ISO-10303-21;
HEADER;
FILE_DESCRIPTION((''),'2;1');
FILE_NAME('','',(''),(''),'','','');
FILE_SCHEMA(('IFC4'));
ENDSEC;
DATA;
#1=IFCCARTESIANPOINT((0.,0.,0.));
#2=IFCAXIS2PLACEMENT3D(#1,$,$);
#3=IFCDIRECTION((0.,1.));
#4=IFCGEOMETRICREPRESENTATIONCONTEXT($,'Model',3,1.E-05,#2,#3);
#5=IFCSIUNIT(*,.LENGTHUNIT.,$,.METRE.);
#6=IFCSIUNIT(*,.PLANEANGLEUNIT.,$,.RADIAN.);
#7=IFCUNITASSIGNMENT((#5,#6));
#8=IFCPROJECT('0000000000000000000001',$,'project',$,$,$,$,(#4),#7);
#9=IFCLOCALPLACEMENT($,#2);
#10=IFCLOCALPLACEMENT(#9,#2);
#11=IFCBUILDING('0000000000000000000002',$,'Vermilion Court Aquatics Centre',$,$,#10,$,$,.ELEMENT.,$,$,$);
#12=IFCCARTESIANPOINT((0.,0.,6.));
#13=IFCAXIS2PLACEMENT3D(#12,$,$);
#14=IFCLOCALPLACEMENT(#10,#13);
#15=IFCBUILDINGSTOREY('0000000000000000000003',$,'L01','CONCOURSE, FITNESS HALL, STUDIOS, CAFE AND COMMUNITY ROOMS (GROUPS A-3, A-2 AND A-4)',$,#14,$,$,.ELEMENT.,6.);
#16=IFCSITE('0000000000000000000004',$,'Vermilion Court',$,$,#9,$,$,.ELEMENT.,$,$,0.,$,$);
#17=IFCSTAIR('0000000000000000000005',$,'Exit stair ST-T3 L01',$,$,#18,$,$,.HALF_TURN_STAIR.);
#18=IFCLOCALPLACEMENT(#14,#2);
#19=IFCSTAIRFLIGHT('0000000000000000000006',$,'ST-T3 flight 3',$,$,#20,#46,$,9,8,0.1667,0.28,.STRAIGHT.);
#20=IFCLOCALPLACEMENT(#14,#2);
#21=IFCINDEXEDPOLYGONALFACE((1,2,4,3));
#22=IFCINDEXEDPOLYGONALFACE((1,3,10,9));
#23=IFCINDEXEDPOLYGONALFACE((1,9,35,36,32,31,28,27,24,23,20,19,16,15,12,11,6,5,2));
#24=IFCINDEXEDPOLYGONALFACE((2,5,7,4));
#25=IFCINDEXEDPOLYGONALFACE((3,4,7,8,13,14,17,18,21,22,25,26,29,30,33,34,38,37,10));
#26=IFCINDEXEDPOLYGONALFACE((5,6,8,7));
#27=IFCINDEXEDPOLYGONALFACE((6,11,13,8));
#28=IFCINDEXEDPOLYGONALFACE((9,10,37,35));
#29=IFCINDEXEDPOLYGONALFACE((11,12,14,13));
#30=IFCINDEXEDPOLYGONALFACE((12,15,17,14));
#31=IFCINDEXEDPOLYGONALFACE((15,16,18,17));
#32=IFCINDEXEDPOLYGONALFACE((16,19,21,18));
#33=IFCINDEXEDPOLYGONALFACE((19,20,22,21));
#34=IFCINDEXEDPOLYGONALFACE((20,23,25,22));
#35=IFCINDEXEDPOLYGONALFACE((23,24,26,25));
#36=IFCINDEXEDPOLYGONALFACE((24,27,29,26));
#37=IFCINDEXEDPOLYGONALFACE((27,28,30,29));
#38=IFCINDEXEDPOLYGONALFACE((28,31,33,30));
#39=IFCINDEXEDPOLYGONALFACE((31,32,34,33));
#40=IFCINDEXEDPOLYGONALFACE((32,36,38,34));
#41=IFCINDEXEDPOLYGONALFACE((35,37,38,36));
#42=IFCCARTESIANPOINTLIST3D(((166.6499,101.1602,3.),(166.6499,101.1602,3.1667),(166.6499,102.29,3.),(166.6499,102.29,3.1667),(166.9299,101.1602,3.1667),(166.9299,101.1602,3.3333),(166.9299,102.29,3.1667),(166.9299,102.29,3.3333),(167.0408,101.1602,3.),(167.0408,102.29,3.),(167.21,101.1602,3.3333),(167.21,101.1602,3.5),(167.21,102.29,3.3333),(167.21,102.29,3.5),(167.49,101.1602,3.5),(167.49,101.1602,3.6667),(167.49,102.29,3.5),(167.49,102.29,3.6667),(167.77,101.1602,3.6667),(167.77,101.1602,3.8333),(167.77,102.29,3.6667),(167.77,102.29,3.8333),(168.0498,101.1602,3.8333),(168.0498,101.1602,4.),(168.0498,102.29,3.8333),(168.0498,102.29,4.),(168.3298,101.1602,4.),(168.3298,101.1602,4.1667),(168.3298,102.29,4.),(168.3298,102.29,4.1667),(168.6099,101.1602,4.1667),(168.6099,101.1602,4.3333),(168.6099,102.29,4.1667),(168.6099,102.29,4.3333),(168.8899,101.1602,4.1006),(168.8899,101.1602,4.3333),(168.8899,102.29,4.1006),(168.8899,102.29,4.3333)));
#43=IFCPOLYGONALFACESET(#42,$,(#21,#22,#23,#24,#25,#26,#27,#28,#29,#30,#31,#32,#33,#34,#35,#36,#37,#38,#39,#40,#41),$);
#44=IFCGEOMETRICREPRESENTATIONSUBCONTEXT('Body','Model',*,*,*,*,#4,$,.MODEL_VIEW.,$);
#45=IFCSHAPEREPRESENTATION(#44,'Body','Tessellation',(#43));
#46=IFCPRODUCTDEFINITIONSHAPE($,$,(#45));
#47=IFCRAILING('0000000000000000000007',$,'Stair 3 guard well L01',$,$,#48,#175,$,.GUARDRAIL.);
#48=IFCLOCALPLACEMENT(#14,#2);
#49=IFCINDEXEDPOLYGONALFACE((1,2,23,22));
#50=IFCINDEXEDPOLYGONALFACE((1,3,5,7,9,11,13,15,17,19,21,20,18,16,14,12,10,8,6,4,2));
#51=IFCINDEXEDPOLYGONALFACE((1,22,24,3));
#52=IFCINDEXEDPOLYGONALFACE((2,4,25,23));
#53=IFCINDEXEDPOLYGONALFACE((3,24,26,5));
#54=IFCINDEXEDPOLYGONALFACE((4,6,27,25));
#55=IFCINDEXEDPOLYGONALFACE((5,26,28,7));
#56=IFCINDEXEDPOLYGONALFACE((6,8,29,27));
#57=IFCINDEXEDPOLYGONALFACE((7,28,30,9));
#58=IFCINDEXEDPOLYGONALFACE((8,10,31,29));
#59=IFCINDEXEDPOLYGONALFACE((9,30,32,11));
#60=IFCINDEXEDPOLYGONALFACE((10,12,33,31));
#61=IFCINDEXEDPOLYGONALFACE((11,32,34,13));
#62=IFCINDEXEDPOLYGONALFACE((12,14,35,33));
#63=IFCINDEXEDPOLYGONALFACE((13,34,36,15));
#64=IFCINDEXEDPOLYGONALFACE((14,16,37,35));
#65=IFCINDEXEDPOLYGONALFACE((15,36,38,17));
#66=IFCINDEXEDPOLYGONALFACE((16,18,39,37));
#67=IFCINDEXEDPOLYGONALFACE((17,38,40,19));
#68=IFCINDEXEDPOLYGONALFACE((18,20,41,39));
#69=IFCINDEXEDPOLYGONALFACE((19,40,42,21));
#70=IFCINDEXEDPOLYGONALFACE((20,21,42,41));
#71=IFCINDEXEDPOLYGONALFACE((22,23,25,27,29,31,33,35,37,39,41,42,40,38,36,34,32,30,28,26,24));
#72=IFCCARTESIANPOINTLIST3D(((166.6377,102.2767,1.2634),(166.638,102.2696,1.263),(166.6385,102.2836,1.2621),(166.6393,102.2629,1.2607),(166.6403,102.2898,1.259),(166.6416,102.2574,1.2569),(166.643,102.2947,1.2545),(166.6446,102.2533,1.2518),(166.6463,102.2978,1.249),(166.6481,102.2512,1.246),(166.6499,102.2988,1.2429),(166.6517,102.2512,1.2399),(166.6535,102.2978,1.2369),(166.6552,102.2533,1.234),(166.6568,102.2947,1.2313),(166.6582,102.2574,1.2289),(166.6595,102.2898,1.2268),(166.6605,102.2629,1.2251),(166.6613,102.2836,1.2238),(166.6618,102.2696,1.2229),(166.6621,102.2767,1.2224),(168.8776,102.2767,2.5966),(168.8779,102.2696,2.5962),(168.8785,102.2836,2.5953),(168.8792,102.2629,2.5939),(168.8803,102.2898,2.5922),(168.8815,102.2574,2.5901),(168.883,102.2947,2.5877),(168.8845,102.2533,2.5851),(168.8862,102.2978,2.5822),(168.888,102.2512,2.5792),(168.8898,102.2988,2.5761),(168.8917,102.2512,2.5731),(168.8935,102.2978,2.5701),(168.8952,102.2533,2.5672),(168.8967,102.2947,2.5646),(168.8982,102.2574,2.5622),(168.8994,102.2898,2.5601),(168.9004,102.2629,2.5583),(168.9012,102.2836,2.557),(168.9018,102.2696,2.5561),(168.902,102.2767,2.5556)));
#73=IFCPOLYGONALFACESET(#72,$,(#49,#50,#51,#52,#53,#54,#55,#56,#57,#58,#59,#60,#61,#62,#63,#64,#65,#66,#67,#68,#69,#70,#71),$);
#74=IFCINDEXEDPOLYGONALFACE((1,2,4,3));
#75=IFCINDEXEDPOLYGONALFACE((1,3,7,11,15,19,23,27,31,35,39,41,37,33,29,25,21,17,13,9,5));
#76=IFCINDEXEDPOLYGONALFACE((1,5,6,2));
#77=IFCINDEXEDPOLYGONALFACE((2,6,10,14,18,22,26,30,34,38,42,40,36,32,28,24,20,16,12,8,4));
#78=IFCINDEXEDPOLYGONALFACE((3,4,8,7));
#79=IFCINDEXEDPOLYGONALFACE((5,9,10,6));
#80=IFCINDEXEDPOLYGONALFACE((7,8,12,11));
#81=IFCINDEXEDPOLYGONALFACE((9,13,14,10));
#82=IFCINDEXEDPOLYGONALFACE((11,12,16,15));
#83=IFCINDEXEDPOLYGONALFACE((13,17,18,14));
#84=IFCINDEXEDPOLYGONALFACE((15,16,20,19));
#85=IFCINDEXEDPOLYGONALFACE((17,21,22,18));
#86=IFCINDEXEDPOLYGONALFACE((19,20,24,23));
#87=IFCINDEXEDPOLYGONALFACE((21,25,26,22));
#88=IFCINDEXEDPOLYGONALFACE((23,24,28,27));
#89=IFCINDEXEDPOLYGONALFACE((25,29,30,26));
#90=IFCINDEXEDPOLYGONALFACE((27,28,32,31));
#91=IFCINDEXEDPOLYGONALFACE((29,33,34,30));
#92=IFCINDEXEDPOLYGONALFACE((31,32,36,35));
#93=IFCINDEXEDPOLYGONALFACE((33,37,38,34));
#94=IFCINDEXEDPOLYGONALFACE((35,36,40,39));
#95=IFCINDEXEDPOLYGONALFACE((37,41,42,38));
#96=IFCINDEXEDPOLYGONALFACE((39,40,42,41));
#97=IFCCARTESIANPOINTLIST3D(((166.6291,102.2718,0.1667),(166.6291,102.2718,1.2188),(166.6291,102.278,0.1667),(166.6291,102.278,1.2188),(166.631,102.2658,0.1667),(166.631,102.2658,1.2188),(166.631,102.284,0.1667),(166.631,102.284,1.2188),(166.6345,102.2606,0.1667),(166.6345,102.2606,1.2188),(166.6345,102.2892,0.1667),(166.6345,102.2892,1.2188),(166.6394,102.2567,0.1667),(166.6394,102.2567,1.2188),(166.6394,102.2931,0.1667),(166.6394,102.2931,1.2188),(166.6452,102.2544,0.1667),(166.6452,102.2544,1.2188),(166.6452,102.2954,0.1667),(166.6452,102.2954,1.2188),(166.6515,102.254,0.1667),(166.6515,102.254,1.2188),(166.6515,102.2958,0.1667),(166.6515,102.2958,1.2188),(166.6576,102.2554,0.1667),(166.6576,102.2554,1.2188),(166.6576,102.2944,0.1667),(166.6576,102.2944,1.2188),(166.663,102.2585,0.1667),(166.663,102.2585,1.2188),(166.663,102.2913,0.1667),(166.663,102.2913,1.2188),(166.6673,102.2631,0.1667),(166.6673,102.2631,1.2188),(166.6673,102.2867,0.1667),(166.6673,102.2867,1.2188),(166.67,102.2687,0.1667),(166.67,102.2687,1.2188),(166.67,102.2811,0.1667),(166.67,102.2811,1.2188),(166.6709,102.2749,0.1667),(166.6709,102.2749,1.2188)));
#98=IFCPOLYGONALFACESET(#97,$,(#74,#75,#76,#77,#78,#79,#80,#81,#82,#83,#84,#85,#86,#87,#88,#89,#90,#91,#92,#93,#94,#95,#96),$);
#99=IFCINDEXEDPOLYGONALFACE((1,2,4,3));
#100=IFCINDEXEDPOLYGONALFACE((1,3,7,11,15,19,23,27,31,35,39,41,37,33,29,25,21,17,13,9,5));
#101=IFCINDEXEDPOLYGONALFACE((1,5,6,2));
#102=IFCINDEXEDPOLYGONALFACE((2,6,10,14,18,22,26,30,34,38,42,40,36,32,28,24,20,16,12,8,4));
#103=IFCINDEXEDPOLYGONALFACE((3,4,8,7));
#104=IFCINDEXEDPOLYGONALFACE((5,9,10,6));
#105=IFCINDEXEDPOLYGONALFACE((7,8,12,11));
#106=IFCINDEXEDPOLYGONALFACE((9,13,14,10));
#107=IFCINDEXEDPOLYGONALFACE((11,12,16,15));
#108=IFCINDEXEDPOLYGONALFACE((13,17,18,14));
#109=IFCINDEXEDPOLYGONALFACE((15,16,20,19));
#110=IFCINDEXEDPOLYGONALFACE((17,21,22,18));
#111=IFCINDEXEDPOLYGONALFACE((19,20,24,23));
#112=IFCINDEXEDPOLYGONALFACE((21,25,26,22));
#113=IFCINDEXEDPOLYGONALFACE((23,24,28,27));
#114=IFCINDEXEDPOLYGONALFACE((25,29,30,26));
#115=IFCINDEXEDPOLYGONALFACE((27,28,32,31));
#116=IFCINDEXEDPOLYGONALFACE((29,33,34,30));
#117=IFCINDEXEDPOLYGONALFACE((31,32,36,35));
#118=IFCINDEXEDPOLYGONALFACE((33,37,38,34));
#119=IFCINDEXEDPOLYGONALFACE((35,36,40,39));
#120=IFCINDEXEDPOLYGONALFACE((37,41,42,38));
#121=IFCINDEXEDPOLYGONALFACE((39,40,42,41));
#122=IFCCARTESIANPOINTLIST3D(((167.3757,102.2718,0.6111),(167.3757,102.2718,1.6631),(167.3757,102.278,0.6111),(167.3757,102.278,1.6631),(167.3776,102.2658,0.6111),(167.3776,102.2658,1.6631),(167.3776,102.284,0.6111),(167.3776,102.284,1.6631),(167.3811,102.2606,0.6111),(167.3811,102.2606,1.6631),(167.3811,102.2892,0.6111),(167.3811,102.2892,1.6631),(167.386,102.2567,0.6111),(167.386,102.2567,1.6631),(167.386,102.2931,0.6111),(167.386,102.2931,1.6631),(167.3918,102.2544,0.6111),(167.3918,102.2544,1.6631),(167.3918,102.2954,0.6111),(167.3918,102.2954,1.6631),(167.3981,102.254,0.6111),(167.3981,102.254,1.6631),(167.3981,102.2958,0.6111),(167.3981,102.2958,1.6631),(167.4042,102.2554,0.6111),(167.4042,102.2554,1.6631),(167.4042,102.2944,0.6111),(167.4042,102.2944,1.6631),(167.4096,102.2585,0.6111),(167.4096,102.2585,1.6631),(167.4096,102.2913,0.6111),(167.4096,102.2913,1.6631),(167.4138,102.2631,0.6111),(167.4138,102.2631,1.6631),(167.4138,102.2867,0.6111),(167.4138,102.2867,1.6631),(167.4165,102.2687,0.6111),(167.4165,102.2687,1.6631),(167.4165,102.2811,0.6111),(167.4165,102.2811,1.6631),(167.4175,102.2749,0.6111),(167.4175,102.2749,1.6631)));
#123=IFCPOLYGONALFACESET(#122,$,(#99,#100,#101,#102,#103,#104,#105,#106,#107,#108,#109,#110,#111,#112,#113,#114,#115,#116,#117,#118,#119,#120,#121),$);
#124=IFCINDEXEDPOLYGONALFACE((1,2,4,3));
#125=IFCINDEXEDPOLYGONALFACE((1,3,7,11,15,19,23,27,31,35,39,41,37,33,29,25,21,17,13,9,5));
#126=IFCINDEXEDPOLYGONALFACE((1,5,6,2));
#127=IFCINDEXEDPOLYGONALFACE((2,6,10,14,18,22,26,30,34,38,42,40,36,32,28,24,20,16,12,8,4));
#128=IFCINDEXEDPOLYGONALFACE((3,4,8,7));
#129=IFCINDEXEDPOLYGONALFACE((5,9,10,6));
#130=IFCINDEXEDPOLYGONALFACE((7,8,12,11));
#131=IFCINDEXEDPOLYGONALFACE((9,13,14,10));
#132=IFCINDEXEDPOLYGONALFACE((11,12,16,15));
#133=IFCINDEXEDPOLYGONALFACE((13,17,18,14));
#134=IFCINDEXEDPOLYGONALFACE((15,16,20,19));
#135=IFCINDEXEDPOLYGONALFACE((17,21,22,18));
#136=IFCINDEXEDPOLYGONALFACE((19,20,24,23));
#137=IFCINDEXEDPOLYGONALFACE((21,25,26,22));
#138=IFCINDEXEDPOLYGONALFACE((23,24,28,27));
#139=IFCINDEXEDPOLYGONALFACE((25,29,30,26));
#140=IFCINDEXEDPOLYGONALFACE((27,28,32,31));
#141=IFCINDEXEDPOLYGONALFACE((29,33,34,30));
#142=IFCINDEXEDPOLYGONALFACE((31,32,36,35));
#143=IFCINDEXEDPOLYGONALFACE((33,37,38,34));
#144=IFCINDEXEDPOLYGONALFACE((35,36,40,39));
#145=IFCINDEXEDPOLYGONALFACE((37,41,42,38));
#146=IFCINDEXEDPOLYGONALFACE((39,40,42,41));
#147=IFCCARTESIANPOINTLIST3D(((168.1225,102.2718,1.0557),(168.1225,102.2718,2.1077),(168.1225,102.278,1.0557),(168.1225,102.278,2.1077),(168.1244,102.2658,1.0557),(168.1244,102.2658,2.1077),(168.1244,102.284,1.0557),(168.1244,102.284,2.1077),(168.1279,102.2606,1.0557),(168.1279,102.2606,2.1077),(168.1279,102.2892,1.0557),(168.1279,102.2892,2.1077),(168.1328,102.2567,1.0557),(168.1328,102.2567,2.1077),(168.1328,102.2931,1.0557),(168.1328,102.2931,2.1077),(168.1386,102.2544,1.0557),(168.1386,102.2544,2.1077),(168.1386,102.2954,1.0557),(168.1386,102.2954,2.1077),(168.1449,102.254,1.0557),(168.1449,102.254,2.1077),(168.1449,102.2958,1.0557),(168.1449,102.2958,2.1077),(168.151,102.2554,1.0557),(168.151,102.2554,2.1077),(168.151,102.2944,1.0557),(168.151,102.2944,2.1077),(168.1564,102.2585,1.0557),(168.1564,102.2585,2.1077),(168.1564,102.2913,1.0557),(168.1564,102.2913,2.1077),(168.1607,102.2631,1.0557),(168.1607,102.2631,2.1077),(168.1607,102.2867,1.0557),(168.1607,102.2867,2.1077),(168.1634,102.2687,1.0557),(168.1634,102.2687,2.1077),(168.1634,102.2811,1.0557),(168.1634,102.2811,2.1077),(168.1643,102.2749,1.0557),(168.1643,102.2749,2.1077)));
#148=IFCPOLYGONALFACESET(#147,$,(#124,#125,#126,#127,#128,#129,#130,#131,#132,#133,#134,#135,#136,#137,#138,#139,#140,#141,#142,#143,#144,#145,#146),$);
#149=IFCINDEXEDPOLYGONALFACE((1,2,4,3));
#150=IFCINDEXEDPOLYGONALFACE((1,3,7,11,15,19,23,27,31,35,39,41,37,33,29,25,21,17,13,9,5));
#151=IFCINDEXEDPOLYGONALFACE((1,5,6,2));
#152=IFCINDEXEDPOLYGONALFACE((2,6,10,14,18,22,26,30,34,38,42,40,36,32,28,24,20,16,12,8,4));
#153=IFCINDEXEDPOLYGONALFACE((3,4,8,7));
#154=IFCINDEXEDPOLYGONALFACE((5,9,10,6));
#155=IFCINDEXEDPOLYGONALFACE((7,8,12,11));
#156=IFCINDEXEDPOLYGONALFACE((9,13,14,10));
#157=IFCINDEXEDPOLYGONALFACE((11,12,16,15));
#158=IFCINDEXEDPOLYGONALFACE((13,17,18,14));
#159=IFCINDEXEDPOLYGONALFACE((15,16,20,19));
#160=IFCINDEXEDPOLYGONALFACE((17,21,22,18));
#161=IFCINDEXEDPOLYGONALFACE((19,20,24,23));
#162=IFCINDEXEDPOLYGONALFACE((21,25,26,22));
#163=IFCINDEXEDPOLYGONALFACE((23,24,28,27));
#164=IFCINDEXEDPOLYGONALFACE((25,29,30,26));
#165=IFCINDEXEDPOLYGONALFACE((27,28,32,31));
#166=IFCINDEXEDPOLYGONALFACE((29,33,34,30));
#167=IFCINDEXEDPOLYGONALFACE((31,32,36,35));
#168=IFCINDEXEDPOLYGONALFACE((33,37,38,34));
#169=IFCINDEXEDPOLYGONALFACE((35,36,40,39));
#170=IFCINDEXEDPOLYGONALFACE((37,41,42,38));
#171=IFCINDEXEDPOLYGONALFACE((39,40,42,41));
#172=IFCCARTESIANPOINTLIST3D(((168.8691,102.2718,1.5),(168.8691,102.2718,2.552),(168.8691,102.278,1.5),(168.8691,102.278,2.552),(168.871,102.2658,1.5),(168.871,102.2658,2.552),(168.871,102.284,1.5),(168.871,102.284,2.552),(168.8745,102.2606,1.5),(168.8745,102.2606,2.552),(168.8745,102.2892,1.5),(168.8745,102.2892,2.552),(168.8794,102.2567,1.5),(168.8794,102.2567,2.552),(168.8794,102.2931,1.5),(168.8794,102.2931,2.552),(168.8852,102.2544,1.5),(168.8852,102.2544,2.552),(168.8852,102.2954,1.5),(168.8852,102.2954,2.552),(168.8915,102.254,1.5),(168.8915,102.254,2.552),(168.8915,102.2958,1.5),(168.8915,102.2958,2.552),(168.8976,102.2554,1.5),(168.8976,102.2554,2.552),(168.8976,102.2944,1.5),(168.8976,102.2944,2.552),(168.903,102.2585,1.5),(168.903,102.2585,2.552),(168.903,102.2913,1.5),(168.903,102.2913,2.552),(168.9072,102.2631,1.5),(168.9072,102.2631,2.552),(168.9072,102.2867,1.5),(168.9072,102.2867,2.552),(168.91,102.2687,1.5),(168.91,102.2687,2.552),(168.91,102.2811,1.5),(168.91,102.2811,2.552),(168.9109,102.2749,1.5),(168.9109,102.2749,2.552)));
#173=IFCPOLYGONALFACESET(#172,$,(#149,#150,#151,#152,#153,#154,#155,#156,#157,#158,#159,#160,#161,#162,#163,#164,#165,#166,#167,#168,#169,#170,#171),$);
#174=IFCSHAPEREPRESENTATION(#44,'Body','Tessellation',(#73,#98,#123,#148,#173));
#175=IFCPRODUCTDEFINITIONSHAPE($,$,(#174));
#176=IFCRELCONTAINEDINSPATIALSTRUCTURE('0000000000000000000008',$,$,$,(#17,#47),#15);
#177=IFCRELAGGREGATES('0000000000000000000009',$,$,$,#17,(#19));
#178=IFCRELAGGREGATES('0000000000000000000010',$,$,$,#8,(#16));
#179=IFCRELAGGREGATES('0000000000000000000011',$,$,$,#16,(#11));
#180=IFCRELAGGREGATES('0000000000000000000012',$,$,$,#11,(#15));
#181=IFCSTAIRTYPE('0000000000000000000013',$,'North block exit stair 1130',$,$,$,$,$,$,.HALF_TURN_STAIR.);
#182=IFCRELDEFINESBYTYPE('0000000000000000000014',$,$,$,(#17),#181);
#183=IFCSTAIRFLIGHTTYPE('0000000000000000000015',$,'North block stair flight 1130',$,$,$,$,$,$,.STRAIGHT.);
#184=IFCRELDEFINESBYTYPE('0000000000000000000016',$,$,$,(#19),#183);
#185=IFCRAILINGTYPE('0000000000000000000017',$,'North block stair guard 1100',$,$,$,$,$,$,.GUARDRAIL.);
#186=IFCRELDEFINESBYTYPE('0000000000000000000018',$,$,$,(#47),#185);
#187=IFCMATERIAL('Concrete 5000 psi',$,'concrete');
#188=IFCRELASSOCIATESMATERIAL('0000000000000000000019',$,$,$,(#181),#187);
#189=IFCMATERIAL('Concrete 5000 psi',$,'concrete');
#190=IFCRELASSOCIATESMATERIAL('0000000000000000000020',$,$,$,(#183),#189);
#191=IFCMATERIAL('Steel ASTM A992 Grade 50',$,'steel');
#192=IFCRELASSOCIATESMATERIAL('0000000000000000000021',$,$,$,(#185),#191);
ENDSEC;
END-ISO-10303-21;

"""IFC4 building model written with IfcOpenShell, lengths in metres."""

from ifc_helpers import new_model, si_unit, direction, frame, origin, origin_2d, place, context, subcontext, project, spatial, polyline, circle, outline, extrude, material, type_object, element, aggregate, save


model = new_model("IFC4")

# Units and contexts
model_context = context("Model", 3, precision=1e-05, world=origin(), true_north=direction((0.0, 1.0)))
body_context = subcontext(model_context, "Body", "Model", "MODEL_VIEW")
ifc_project = project(units=[si_unit("LENGTHUNIT", "METRE"), si_unit("PLANEANGLEUNIT", "RADIAN")], contexts=[model_context])

# Site, building, storey
site_placement = place(None, origin())
site = spatial("IfcSite", under=ifc_project, at=site_placement, Name="Vermilion Court", CompositionType="ELEMENT", RefElevation=0.0)
building_placement = place(site_placement, origin())
building = spatial("IfcBuilding", under=site, at=building_placement, Name="Vermilion Court Aquatics Centre", CompositionType="ELEMENT")
storey_placement = place(building_placement, frame((0.0, 0.0, 6.0)))
storey = spatial("IfcBuildingStorey", under=building, at=storey_placement, Name="L01", Description="CONCOURSE, FITNESS HALL, STUDIOS, CAFE AND COMMUNITY ROOMS (GROUPS A-3, A-2 AND A-4)", CompositionType="ELEMENT", Elevation=6.0)

# Stair, stair flight
ifc_material_1 = material(Name="Concrete 5000 psi", Category="concrete")
stair_type = type_object("IfcStairType", Name="North block exit stair 1130", PredefinedType="HALF_TURN_STAIR", material=ifc_material_1)
stair_placement = place(storey_placement, origin())
stair = element("IfcStair", 1, at=stair_placement, inside=storey, type_object=stair_type, Name="Exit stair ST-T3 L01", PredefinedType="HALF_TURN_STAIR")
ifc_material_2 = material(Name="Concrete 5000 psi", Category="concrete")
stair_flight_type = type_object("IfcStairFlightType", Name="North block stair flight 1130", PredefinedType="STRAIGHT", material=ifc_material_2)
stair_flight_1_placement = place(storey_placement, frame((166.6499, 101.7251, 3.0), z_axis=(0.0, 0.0, 1.0), x_axis=(1.0, 0.0, 0.0)))
stair_flight_1 = element("IfcStairFlight", 2, at=stair_flight_1_placement, type_object=stair_flight_type, Name="ST-T3 flight 3", NumberOfRisers=9, NumberOfTreads=8, PredefinedType="STRAIGHT", RiserHeight=0.1667, TreadLength=0.28, context=body_context, shape_type="SweptSolid", body=[
    extrude(outline(polyline([(0.0, 0.0), (0.0, 0.1667), (0.28, 0.1667), (0.28, 0.3333), (0.5601, 0.3333), (0.5601, 0.5), (0.8401, 0.5), (0.8401, 0.6667), (1.1201, 0.6667), (1.1201, 0.8333), (1.3999, 0.8333), (1.3999, 1.0), (1.6799, 1.0), (1.6799, 1.1667), (1.96, 1.1667), (1.96, 1.3333), (2.24, 1.3333), (2.24, 1.5), (2.24, 1.1006), (0.3909, 0.0), (0.0, 0.0)])), frame((0.0, 0.5649, 0.0), z_axis=(0.0, -1.0, 0.0), x_axis=(1.0, 0.0, 0.0)), (0.0, 0.0, 1.0), 1.1299),
])
aggregate(stair, [stair_flight_1])

# Railing
ifc_material_3 = material(Name="Steel ASTM A992 Grade 50", Category="steel")
railing_type_1 = type_object("IfcRailingType", Name="North block stair guard 1100", PredefinedType="GUARDRAIL", material=ifc_material_3)
for number, where, name in (
    (3, (166.6499, 102.2749, 0.1667), "Stair 3 guard well L01"),
):
    element("IfcRailing", number, at=place(storey_placement, frame(where)), inside=storey, type_object=railing_type_1, Name=name, PredefinedType="GUARDRAIL", context=body_context, shape_type="SweptSolid", body=[
        extrude(circle(Radius=0.0239, at=origin_2d()), frame((0.0, 0.0, 1.0762), z_axis=(0.859306, 0.0, 0.511462), x_axis=(0.0, 1.0, 0.0)), (0.0, 0.0, 1.0), 2.6067),
        extrude(circle(Radius=0.021, at=origin_2d()), origin(), (0.0, 0.0, 1.0), 1.052),
        extrude(circle(Radius=0.021, at=origin_2d()), frame((0.7466, 0.0, 0.4443)), (0.0, 0.0, 1.0), 1.052),
        extrude(circle(Radius=0.021, at=origin_2d()), frame((1.4934, 0.0, 0.8889)), (0.0, 0.0, 1.0), 1.052),
        extrude(circle(Radius=0.021, at=origin_2d()), frame((2.24, 0.0, 1.3333)), (0.0, 0.0, 1.0), 1.052),
    ])

save(model, "model.ifc")
